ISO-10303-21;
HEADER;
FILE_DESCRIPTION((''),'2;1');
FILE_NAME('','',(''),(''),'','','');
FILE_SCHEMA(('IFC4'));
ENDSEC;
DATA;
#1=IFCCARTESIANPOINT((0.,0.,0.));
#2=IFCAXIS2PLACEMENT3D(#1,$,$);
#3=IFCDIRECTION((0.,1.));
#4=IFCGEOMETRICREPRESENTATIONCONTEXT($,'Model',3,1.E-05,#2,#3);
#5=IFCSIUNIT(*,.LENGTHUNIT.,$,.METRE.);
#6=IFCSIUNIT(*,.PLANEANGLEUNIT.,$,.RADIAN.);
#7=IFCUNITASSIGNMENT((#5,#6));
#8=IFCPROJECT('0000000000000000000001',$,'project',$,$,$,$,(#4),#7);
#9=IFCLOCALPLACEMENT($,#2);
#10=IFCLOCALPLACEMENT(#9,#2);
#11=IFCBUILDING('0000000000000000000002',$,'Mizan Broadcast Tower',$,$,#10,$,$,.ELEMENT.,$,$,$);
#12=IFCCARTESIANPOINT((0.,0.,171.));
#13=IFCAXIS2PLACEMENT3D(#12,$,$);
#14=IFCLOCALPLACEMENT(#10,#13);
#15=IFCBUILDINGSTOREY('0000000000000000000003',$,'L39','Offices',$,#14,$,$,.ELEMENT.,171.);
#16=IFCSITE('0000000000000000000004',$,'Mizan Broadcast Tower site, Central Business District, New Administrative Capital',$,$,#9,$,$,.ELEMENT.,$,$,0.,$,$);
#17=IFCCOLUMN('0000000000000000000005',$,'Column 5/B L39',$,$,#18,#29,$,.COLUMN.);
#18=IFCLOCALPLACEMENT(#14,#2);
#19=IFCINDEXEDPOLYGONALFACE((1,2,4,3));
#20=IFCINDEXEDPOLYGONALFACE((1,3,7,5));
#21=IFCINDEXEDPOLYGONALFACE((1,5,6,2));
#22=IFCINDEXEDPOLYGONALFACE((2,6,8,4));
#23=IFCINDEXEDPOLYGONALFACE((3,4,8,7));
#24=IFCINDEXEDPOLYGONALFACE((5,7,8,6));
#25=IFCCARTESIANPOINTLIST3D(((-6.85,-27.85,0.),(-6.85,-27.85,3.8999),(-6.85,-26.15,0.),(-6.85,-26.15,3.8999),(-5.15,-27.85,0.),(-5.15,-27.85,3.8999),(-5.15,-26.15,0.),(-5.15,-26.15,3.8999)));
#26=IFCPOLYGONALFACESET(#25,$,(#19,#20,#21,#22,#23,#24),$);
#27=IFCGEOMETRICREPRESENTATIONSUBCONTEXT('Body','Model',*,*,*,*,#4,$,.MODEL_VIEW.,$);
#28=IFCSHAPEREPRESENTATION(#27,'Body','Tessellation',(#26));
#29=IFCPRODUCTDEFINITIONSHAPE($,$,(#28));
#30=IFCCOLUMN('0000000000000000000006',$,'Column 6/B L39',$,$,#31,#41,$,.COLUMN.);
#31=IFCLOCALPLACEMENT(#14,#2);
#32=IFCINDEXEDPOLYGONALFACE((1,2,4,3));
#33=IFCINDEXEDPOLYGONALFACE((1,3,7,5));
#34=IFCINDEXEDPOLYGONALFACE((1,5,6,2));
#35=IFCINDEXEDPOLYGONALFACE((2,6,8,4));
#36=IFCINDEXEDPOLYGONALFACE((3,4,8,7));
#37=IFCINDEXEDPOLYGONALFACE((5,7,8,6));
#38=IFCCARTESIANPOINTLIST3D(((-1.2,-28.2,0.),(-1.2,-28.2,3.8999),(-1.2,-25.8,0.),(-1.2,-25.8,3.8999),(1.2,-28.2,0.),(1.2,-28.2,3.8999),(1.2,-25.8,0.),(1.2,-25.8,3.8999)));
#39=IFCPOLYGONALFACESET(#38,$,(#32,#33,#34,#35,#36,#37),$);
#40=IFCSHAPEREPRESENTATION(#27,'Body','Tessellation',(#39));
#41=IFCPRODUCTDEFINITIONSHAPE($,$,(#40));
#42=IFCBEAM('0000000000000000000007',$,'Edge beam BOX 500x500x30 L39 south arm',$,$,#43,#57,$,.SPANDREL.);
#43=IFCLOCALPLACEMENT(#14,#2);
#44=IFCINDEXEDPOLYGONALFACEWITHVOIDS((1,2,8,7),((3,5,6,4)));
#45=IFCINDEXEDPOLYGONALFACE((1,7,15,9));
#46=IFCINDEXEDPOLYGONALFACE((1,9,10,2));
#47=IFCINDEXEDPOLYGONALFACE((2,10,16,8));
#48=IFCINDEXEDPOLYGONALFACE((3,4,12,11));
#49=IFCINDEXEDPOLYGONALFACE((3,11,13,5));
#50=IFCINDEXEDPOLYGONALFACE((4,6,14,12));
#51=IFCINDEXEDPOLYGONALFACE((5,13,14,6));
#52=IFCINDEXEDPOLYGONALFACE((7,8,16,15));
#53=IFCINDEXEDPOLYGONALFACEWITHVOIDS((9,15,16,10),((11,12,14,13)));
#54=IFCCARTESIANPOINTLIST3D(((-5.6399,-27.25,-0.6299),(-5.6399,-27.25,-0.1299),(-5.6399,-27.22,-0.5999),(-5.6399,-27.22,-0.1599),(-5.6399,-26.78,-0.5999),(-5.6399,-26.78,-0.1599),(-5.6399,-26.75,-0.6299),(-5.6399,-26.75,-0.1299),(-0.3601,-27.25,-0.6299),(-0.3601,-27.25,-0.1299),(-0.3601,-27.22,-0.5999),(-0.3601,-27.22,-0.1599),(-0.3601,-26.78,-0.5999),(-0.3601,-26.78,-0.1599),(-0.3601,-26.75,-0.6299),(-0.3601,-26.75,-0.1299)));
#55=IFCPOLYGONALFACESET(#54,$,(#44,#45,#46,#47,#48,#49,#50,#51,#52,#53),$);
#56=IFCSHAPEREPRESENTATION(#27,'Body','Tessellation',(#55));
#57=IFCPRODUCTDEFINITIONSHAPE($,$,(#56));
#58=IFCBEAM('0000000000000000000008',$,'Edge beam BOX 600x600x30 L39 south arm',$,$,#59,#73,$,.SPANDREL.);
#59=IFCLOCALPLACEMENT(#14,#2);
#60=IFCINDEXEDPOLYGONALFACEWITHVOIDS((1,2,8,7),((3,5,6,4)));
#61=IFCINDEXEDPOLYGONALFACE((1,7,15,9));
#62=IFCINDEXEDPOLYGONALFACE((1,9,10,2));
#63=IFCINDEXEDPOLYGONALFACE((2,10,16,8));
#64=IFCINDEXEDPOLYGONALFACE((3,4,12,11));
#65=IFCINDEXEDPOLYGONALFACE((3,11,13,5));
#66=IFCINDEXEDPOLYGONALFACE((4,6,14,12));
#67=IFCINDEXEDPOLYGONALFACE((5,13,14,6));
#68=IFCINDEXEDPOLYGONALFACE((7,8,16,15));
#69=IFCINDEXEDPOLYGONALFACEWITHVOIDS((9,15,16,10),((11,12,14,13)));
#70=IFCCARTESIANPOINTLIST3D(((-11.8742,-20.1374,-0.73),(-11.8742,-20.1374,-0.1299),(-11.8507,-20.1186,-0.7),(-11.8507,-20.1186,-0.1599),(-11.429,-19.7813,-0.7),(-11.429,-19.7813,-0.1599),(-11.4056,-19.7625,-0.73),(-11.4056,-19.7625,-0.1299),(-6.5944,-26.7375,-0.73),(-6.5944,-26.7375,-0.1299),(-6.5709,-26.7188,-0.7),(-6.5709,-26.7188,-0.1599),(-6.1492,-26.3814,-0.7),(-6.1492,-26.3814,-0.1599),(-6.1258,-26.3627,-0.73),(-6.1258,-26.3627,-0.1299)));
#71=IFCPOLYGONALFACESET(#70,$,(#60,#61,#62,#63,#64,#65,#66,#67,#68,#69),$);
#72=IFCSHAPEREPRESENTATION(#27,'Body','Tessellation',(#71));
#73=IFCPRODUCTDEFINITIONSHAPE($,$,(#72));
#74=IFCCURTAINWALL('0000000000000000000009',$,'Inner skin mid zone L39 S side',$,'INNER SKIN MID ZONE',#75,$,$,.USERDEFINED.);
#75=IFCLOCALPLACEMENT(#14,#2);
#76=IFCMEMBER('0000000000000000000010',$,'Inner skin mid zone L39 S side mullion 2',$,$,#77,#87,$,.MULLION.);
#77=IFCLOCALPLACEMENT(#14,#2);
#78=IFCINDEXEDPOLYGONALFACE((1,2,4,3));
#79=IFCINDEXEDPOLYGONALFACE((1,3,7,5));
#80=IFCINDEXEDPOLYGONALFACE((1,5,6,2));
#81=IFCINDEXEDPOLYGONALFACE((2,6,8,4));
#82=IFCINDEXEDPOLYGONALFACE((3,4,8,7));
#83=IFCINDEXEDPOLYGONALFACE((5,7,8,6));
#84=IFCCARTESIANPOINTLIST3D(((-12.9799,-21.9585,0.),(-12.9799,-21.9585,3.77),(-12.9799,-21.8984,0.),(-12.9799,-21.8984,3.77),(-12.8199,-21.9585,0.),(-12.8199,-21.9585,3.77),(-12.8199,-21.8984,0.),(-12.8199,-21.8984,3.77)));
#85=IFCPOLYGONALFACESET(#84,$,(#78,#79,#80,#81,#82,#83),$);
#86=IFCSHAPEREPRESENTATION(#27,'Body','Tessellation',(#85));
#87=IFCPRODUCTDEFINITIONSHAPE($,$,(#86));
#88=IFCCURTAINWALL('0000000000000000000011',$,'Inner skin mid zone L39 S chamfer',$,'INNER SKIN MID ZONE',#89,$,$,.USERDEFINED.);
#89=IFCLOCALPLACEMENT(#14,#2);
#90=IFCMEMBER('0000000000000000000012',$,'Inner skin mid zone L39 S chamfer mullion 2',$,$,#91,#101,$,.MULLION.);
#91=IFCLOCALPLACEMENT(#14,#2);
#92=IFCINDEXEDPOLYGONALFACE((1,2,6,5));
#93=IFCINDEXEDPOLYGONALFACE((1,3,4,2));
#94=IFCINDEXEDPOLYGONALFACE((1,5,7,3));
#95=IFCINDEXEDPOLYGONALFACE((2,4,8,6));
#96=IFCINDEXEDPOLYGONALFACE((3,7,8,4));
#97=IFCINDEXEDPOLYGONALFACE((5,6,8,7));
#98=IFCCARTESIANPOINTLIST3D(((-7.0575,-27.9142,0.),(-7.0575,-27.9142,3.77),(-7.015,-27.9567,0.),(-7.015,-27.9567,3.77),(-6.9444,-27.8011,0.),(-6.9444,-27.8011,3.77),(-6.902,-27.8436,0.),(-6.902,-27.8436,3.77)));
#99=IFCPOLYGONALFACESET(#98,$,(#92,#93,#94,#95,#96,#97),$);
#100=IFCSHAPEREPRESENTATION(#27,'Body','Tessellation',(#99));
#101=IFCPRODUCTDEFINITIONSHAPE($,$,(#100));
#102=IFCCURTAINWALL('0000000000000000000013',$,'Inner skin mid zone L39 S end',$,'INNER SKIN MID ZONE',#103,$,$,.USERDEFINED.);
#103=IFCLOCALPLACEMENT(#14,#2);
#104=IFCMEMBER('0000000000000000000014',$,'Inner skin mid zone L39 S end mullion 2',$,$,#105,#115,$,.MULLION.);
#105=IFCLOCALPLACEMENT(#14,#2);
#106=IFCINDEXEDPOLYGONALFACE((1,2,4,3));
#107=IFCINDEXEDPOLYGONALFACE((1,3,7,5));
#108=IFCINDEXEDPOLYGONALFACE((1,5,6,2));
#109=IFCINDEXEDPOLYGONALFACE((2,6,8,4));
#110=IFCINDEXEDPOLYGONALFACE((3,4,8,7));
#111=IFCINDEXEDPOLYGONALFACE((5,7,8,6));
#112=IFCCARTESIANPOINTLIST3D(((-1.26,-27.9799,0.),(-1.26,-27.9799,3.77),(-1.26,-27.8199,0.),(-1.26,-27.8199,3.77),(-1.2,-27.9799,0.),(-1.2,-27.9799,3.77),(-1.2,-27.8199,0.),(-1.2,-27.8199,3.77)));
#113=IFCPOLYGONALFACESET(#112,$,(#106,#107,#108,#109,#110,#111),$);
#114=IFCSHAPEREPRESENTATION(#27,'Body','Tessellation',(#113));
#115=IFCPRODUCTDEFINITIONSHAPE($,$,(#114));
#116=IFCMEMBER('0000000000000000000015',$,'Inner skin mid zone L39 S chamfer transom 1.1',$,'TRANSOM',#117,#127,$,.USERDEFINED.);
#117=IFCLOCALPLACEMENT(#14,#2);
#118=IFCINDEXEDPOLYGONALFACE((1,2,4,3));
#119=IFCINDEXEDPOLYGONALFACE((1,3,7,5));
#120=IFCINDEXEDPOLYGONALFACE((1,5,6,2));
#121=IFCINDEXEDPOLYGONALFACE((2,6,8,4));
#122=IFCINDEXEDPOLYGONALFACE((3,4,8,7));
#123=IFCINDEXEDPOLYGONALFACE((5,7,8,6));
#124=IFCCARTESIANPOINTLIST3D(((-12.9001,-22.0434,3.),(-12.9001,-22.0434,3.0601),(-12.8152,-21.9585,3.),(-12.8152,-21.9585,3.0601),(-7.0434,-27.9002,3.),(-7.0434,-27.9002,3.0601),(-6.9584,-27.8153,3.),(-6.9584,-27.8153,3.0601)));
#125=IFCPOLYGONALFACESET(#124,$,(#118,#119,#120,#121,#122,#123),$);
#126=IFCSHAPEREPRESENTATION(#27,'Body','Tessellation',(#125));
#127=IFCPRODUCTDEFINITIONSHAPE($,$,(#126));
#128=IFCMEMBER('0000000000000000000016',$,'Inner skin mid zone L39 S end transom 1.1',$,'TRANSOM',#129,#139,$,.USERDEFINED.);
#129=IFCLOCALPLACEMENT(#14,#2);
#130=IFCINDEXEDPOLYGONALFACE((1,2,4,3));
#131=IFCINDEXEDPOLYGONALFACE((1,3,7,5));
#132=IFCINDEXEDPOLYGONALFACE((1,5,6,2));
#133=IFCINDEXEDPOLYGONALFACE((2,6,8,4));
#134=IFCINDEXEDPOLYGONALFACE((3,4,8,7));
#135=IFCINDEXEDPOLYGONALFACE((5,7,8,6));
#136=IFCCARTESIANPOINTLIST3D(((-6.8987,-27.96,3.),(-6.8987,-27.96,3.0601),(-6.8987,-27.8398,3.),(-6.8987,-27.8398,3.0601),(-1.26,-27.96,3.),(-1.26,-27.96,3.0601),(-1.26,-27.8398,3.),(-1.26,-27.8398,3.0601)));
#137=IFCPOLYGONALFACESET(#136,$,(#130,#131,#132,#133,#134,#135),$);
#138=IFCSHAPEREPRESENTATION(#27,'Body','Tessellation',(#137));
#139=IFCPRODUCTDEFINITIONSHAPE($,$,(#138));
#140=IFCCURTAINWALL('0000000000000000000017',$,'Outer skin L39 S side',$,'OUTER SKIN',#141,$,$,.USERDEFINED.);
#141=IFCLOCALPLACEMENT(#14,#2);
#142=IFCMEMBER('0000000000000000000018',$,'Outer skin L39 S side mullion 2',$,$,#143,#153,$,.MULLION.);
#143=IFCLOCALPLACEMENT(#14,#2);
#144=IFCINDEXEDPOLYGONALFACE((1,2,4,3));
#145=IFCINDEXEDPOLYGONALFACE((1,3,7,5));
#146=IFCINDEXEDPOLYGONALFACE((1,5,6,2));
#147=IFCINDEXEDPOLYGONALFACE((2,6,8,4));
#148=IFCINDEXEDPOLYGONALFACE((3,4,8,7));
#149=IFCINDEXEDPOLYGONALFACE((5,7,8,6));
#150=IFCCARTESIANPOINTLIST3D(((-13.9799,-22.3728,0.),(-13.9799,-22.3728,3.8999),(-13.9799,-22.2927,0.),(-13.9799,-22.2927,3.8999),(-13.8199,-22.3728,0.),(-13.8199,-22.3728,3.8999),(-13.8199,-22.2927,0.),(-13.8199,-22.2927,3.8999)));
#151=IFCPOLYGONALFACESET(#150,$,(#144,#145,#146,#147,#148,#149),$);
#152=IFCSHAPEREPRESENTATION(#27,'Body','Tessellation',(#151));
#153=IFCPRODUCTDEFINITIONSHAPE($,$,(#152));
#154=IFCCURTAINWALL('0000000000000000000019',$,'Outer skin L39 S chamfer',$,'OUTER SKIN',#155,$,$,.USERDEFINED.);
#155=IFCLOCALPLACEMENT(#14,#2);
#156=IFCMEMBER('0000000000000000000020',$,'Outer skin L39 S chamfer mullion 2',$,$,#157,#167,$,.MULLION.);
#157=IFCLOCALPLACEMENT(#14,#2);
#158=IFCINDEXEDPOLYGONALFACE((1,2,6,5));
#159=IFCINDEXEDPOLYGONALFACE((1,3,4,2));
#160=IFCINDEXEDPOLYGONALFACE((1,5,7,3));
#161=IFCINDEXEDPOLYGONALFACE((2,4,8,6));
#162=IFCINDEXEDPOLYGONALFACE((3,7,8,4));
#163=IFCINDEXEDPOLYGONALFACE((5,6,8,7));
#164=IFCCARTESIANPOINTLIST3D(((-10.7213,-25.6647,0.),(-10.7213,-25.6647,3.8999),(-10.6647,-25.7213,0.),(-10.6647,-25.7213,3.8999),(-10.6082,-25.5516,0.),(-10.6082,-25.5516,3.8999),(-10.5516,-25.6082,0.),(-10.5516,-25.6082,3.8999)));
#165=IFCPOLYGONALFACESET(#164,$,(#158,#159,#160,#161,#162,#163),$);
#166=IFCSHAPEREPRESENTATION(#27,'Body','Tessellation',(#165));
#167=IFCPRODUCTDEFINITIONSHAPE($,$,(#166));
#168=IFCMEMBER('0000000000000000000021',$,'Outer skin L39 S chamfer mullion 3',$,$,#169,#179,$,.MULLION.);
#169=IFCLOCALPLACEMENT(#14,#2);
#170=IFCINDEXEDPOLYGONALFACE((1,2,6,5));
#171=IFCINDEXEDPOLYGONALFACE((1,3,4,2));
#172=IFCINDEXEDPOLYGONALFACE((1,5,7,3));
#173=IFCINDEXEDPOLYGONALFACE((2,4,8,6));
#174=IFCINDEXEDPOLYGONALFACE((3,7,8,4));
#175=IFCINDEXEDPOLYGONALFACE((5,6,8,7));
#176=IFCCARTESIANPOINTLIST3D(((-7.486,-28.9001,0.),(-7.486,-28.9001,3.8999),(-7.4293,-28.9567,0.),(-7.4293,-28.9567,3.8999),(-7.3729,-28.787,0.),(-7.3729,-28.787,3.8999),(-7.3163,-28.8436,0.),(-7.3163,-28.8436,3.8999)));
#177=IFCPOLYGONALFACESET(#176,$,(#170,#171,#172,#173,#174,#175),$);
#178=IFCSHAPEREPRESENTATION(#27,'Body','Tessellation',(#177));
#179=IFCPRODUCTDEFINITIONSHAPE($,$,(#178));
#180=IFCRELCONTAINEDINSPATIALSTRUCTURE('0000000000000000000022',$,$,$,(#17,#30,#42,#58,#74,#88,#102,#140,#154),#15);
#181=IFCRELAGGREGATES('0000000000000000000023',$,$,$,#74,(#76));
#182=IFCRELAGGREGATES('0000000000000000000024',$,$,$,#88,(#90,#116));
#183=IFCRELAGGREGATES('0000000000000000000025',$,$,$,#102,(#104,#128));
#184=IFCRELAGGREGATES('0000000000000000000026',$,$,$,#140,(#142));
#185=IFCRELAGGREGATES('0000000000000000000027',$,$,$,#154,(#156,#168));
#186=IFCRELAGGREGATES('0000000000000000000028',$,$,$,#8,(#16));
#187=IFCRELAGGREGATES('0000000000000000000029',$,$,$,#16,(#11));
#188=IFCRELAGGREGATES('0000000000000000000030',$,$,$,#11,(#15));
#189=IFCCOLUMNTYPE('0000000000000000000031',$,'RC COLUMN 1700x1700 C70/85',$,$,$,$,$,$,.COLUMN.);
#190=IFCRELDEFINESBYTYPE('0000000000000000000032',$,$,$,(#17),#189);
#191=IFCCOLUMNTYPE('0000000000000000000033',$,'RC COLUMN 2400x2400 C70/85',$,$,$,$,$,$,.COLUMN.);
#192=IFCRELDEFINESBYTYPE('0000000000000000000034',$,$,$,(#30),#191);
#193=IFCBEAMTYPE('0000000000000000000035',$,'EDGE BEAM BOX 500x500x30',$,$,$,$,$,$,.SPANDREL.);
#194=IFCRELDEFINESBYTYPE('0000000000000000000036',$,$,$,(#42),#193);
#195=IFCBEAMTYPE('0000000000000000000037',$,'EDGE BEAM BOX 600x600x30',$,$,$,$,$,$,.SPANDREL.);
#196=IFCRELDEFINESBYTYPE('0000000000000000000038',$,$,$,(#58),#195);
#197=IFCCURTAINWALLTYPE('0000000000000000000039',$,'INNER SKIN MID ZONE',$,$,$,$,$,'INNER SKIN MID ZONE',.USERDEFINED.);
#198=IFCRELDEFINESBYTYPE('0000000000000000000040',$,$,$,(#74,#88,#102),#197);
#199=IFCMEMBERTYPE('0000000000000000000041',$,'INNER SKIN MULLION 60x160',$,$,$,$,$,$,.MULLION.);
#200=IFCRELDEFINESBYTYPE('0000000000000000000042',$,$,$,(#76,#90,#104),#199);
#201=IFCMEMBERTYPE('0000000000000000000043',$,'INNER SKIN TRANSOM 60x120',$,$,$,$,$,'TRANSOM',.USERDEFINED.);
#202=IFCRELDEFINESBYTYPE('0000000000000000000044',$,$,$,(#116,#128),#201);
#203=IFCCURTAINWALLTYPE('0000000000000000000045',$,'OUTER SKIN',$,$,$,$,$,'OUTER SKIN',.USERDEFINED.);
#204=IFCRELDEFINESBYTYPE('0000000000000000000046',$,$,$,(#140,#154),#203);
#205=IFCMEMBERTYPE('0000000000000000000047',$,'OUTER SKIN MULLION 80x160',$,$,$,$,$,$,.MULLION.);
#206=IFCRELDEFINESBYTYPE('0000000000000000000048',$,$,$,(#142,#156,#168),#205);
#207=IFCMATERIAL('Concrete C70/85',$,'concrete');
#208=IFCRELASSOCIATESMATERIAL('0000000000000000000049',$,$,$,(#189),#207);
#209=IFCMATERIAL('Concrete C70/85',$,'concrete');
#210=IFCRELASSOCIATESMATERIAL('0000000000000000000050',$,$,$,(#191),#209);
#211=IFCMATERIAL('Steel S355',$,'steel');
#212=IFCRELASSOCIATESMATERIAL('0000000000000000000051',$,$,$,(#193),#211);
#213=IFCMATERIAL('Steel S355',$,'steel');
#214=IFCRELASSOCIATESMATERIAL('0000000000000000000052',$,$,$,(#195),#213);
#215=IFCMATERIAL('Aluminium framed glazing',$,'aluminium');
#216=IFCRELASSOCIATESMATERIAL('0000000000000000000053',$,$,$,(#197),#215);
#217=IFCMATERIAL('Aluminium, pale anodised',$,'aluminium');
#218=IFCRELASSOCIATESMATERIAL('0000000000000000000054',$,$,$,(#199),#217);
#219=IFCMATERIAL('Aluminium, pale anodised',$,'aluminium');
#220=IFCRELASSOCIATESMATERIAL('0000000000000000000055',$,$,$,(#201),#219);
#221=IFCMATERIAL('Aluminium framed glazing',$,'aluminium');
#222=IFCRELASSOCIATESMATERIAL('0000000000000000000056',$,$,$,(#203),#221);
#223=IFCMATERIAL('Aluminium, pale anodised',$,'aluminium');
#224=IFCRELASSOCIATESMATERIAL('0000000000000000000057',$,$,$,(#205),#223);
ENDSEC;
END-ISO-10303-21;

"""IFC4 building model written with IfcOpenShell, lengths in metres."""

from ifc_helpers import new_model, si_unit, direction, frame, origin, origin_2d, place, context, subcontext, project, spatial, rectangle, hollow_rectangle, extrude, material, material_profile, profile_set, type_object, element, aggregate, save


model = new_model("IFC4")

# Units and contexts
model_context = context("Model", 3, precision=1e-05, world=origin(), true_north=direction((0.0, 1.0)))
body_context = subcontext(model_context, "Body", "Model", "MODEL_VIEW")
ifc_project = project(units=[si_unit("LENGTHUNIT", "METRE"), si_unit("PLANEANGLEUNIT", "RADIAN")], contexts=[model_context])

# Site, building, storey
site_placement = place(None, origin())
site = spatial("IfcSite", under=ifc_project, at=site_placement, Name="Mizan Broadcast Tower site, Central Business District, New Administrative Capital", CompositionType="ELEMENT", RefElevation=0.0)
building_placement = place(site_placement, origin())
building = spatial("IfcBuilding", under=site, at=building_placement, Name="Mizan Broadcast Tower", CompositionType="ELEMENT")
storey_placement = place(building_placement, frame((0.0, 0.0, 171.0)))
storey = spatial("IfcBuildingStorey", under=building, at=storey_placement, Name="L39", Description="Offices", CompositionType="ELEMENT", Elevation=171.0)

# Columns
ifc_material_1 = material(Name="Concrete C70/85", Category="concrete")
ifc_material_profile_1 = material_profile(ifc_material_1, rectangle(XDim=1.7, YDim=1.7, at=origin_2d()), Name="RC 1700x1700")
ifc_profile_set_1 = profile_set([ifc_material_profile_1], Name="Concrete C70/85")
column_type_1 = type_object("IfcColumnType", Name="RC COLUMN 1700x1700 C70/85", PredefinedType="COLUMN", material=ifc_profile_set_1)
column_1_placement = place(storey_placement, frame((-6.0, -27.0, 0.0), z_axis=(0.0, 0.0, 1.0), x_axis=(1.0, 0.0, 0.0)))
element("IfcColumn", 1, at=column_1_placement, inside=storey, type_object=column_type_1, Name="Column 5/B L39", PredefinedType="COLUMN", context=body_context, shape_type="SweptSolid", body=[
    extrude(rectangle(XDim=1.7, YDim=1.7, at=origin_2d()), origin(), (0.0, 0.0, 1.0), 3.8999),
])
ifc_material_2 = material(Name="Concrete C70/85", Category="concrete")
ifc_material_profile_2 = material_profile(ifc_material_2, rectangle(XDim=2.3999, YDim=2.3999, at=origin_2d()), Name="RC 2400x2400")
ifc_profile_set_2 = profile_set([ifc_material_profile_2], Name="Concrete C70/85")
column_type_2 = type_object("IfcColumnType", Name="RC COLUMN 2400x2400 C70/85", PredefinedType="COLUMN", material=ifc_profile_set_2)
column_2_placement = place(storey_placement, frame((0.0, -27.0, 0.0), z_axis=(0.0, 0.0, 1.0), x_axis=(1.0, 0.0, 0.0)))
element("IfcColumn", 2, at=column_2_placement, inside=storey, type_object=column_type_2, Name="Column 6/B L39", PredefinedType="COLUMN", context=body_context, shape_type="SweptSolid", body=[
    extrude(rectangle(XDim=2.3999, YDim=2.3999, at=origin_2d()), origin(), (0.0, 0.0, 1.0), 3.8999),
])

# Beams
ifc_material_3 = material(Name="Steel S355", Category="steel")
ifc_material_profile_3 = material_profile(ifc_material_3, hollow_rectangle(XDim=0.5, YDim=0.5, WallThickness=0.03, at=origin_2d()), Name="BOX 500x500x30")
ifc_profile_set_3 = profile_set([ifc_material_profile_3], Name="Steel S355")
beam_type_1 = type_object("IfcBeamType", Name="EDGE BEAM BOX 500x500x30", PredefinedType="SPANDREL", material=ifc_profile_set_3)
beam_1_placement = place(storey_placement, frame((-5.6399, -27.0, -0.3799), z_axis=(1.0, 0.0, 0.0), x_axis=(0.0, 1.0, 0.0)))
element("IfcBeam", 3, at=beam_1_placement, inside=storey, type_object=beam_type_1, Name="Edge beam BOX 500x500x30 L39 south arm", PredefinedType="SPANDREL", context=body_context, shape_type="SweptSolid", body=[
    extrude(hollow_rectangle(XDim=0.5, YDim=0.5, WallThickness=0.03, at=origin_2d()), origin(), (0.0, 0.0, 1.0), 5.2798),
])
ifc_material_4 = material(Name="Steel S355", Category="steel")
ifc_material_profile_4 = material_profile(ifc_material_4, hollow_rectangle(XDim=0.6001, YDim=0.6001, WallThickness=0.03, at=origin_2d()), Name="BOX 600x600x30")
ifc_profile_set_4 = profile_set([ifc_material_profile_4], Name="Steel S355")
beam_type_2 = type_object("IfcBeamType", Name="EDGE BEAM BOX 600x600x30", PredefinedType="SPANDREL", material=ifc_profile_set_4)
beam_2_placement = place(storey_placement, frame((-11.6399, -19.95, -0.4299), z_axis=(0.624674, -0.780886, 0.0), x_axis=(0.780886, 0.624674, 0.0)))
element("IfcBeam", 4, at=beam_2_placement, inside=storey, type_object=beam_type_2, Name="Edge beam BOX 600x600x30 L39 south arm", PredefinedType="SPANDREL", context=body_context, shape_type="SweptSolid", body=[
    extrude(hollow_rectangle(XDim=0.6001, YDim=0.6001, WallThickness=0.03, at=origin_2d()), origin(), (0.0, 0.0, 1.0), 8.4521),
])

# Curtain walls, members
ifc_material_5 = material(Name="Aluminium framed glazing", Category="aluminium")
curtain_wall_type_1 = type_object("IfcCurtainWallType", Name="INNER SKIN MID ZONE", ElementType="INNER SKIN MID ZONE", PredefinedType="USERDEFINED", material=ifc_material_5)
curtain_wall_1_placement = place(storey_placement, origin())
curtain_wall_1 = element("IfcCurtainWall", 5, at=curtain_wall_1_placement, inside=storey, type_object=curtain_wall_type_1, Name="Inner skin mid zone L39 S side", ObjectType="INNER SKIN MID ZONE", PredefinedType="USERDEFINED")
ifc_material_6 = material(Name="Aluminium, pale anodised", Category="aluminium")
ifc_material_profile_5 = material_profile(ifc_material_6, rectangle(XDim=0.1599, YDim=0.0601, at=origin_2d()), Name="MULLION 160x60")
ifc_profile_set_5 = profile_set([ifc_material_profile_5], Name="Aluminium, pale anodised")
member_type_1 = type_object("IfcMemberType", Name="INNER SKIN MULLION 60x160", PredefinedType="MULLION", material=ifc_profile_set_5)
member_1_placement = place(storey_placement, frame((-12.8999, -21.9285, 0.0), z_axis=(0.0, 0.0, 1.0), x_axis=(1.0, 0.0, 0.0)))
member_1 = element("IfcMember", 6, at=member_1_placement, type_object=member_type_1, Name="Inner skin mid zone L39 S side mullion 2", PredefinedType="MULLION", context=body_context, shape_type="SweptSolid", body=[
    extrude(rectangle(XDim=0.1599, YDim=0.0601, at=origin_2d()), origin(), (0.0, 0.0, 1.0), 3.77),
])
curtain_wall_2_placement = place(storey_placement, origin())
curtain_wall_2 = element("IfcCurtainWall", 7, at=curtain_wall_2_placement, inside=storey, type_object=curtain_wall_type_1, Name="Inner skin mid zone L39 S chamfer", ObjectType="INNER SKIN MID ZONE", PredefinedType="USERDEFINED")
member_2_placement = place(storey_placement, frame((-6.9797, -27.8789, 0.0), z_axis=(0.0, 0.0, 1.0), x_axis=(0.707107, 0.707107, 0.0)))
member_2 = element("IfcMember", 8, at=member_2_placement, type_object=member_type_1, Name="Inner skin mid zone L39 S chamfer mullion 2", PredefinedType="MULLION", context=body_context, shape_type="SweptSolid", body=[
    extrude(rectangle(XDim=0.1599, YDim=0.0601, at=origin_2d()), origin(), (0.0, 0.0, 1.0), 3.77),
])
curtain_wall_3_placement = place(storey_placement, origin())
curtain_wall_3 = element("IfcCurtainWall", 9, at=curtain_wall_3_placement, inside=storey, type_object=curtain_wall_type_1, Name="Inner skin mid zone L39 S end", ObjectType="INNER SKIN MID ZONE", PredefinedType="USERDEFINED")
member_3_placement = place(storey_placement, frame((-1.23, -27.8999, 0.0), z_axis=(0.0, 0.0, 1.0), x_axis=(0.0, 1.0, 0.0)))
member_3 = element("IfcMember", 10, at=member_3_placement, type_object=member_type_1, Name="Inner skin mid zone L39 S end mullion 2", PredefinedType="MULLION", context=body_context, shape_type="SweptSolid", body=[
    extrude(rectangle(XDim=0.1599, YDim=0.0601, at=origin_2d()), origin(), (0.0, 0.0, 1.0), 3.77),
])

# Members
ifc_material_7 = material(Name="Aluminium, pale anodised", Category="aluminium")
ifc_material_profile_6 = material_profile(ifc_material_7, rectangle(XDim=0.1201, YDim=0.0601, at=origin_2d()), Name="TRANSOM 120x60")
ifc_profile_set_6 = profile_set([ifc_material_profile_6], Name="Aluminium, pale anodised")
member_type_2 = type_object("IfcMemberType", Name="INNER SKIN TRANSOM 60x120", ElementType="TRANSOM", PredefinedType="USERDEFINED", material=ifc_profile_set_6)
member_4_placement = place(storey_placement, frame((-12.8577, -22.001, 3.03), z_axis=(0.707107, -0.707107, 0.0), x_axis=(0.707107, 0.707107, 0.0)))
member_4 = element("IfcMember", 11, at=member_4_placement, type_object=member_type_2, Name="Inner skin mid zone L39 S chamfer transom 1.1", ObjectType="TRANSOM", PredefinedType="USERDEFINED", context=body_context, shape_type="SweptSolid", body=[
    extrude(rectangle(XDim=0.1201, YDim=0.0601, at=origin_2d()), origin(), (0.0, 0.0, 1.0), 8.2827),
])
member_5_placement = place(storey_placement, frame((-6.8987, -27.8999, 3.03), z_axis=(1.0, 0.0, 0.0), x_axis=(0.0, 1.0, 0.0)))
member_5 = element("IfcMember", 12, at=member_5_placement, type_object=member_type_2, Name="Inner skin mid zone L39 S end transom 1.1", ObjectType="TRANSOM", PredefinedType="USERDEFINED", context=body_context, shape_type="SweptSolid", body=[
    extrude(rectangle(XDim=0.1201, YDim=0.0601, at=origin_2d()), origin(), (0.0, 0.0, 1.0), 5.6387),
])

# Curtain wall, member
ifc_material_8 = material(Name="Aluminium framed glazing", Category="aluminium")
curtain_wall_type_2 = type_object("IfcCurtainWallType", Name="OUTER SKIN", ElementType="OUTER SKIN", PredefinedType="USERDEFINED", material=ifc_material_8)
curtain_wall_4_placement = place(storey_placement, origin())
curtain_wall_4 = element("IfcCurtainWall", 13, at=curtain_wall_4_placement, inside=storey, type_object=curtain_wall_type_2, Name="Outer skin L39 S side", ObjectType="OUTER SKIN", PredefinedType="USERDEFINED")
ifc_material_9 = material(Name="Aluminium, pale anodised", Category="aluminium")
ifc_material_profile_7 = material_profile(ifc_material_9, rectangle(XDim=0.1599, YDim=0.0801, at=origin_2d()), Name="MULLION 160x80")
ifc_profile_set_7 = profile_set([ifc_material_profile_7], Name="Aluminium, pale anodised")
member_type_3 = type_object("IfcMemberType", Name="OUTER SKIN MULLION 80x160", PredefinedType="MULLION", material=ifc_profile_set_7)
member_6_placement = place(storey_placement, frame((-13.8999, -22.3328, 0.0), z_axis=(0.0, 0.0, 1.0), x_axis=(1.0, 0.0, 0.0)))
member_6 = element("IfcMember", 14, at=member_6_placement, type_object=member_type_3, Name="Outer skin L39 S side mullion 2", PredefinedType="MULLION", context=body_context, shape_type="SweptSolid", body=[
    extrude(rectangle(XDim=0.1599, YDim=0.0801, at=origin_2d()), origin(), (0.0, 0.0, 1.0), 3.8999),
])

# Curtain wall, members
curtain_wall_5_placement = place(storey_placement, origin())
curtain_wall_5 = element("IfcCurtainWall", 15, at=curtain_wall_5_placement, inside=storey, type_object=curtain_wall_type_2, Name="Outer skin L39 S chamfer", ObjectType="OUTER SKIN", PredefinedType="USERDEFINED")
member_7_placement = place(storey_placement, frame((-10.6365, -25.6365, 0.0), z_axis=(0.0, 0.0, 1.0), x_axis=(0.707107, 0.707107, 0.0)))
member_7 = element("IfcMember", 16, at=member_7_placement, type_object=member_type_3, Name="Outer skin L39 S chamfer mullion 2", PredefinedType="MULLION", context=body_context, shape_type="SweptSolid", body=[
    extrude(rectangle(XDim=0.1599, YDim=0.0801, at=origin_2d()), origin(), (0.0, 0.0, 1.0), 3.8999),
])
member_8_placement = place(storey_placement, frame((-7.4011, -28.8718, 0.0), z_axis=(0.0, 0.0, 1.0), x_axis=(0.707107, 0.707107, 0.0)))
member_8 = element("IfcMember", 17, at=member_8_placement, type_object=member_type_3, Name="Outer skin L39 S chamfer mullion 3", PredefinedType="MULLION", context=body_context, shape_type="SweptSolid", body=[
    extrude(rectangle(XDim=0.1599, YDim=0.0801, at=origin_2d()), origin(), (0.0, 0.0, 1.0), 3.8999),
])

aggregate(curtain_wall_1, [member_1])
aggregate(curtain_wall_2, [member_2, member_4])
aggregate(curtain_wall_3, [member_3, member_5])
aggregate(curtain_wall_4, [member_6])
aggregate(curtain_wall_5, [member_7, member_8])

save(model, "model.ifc")
